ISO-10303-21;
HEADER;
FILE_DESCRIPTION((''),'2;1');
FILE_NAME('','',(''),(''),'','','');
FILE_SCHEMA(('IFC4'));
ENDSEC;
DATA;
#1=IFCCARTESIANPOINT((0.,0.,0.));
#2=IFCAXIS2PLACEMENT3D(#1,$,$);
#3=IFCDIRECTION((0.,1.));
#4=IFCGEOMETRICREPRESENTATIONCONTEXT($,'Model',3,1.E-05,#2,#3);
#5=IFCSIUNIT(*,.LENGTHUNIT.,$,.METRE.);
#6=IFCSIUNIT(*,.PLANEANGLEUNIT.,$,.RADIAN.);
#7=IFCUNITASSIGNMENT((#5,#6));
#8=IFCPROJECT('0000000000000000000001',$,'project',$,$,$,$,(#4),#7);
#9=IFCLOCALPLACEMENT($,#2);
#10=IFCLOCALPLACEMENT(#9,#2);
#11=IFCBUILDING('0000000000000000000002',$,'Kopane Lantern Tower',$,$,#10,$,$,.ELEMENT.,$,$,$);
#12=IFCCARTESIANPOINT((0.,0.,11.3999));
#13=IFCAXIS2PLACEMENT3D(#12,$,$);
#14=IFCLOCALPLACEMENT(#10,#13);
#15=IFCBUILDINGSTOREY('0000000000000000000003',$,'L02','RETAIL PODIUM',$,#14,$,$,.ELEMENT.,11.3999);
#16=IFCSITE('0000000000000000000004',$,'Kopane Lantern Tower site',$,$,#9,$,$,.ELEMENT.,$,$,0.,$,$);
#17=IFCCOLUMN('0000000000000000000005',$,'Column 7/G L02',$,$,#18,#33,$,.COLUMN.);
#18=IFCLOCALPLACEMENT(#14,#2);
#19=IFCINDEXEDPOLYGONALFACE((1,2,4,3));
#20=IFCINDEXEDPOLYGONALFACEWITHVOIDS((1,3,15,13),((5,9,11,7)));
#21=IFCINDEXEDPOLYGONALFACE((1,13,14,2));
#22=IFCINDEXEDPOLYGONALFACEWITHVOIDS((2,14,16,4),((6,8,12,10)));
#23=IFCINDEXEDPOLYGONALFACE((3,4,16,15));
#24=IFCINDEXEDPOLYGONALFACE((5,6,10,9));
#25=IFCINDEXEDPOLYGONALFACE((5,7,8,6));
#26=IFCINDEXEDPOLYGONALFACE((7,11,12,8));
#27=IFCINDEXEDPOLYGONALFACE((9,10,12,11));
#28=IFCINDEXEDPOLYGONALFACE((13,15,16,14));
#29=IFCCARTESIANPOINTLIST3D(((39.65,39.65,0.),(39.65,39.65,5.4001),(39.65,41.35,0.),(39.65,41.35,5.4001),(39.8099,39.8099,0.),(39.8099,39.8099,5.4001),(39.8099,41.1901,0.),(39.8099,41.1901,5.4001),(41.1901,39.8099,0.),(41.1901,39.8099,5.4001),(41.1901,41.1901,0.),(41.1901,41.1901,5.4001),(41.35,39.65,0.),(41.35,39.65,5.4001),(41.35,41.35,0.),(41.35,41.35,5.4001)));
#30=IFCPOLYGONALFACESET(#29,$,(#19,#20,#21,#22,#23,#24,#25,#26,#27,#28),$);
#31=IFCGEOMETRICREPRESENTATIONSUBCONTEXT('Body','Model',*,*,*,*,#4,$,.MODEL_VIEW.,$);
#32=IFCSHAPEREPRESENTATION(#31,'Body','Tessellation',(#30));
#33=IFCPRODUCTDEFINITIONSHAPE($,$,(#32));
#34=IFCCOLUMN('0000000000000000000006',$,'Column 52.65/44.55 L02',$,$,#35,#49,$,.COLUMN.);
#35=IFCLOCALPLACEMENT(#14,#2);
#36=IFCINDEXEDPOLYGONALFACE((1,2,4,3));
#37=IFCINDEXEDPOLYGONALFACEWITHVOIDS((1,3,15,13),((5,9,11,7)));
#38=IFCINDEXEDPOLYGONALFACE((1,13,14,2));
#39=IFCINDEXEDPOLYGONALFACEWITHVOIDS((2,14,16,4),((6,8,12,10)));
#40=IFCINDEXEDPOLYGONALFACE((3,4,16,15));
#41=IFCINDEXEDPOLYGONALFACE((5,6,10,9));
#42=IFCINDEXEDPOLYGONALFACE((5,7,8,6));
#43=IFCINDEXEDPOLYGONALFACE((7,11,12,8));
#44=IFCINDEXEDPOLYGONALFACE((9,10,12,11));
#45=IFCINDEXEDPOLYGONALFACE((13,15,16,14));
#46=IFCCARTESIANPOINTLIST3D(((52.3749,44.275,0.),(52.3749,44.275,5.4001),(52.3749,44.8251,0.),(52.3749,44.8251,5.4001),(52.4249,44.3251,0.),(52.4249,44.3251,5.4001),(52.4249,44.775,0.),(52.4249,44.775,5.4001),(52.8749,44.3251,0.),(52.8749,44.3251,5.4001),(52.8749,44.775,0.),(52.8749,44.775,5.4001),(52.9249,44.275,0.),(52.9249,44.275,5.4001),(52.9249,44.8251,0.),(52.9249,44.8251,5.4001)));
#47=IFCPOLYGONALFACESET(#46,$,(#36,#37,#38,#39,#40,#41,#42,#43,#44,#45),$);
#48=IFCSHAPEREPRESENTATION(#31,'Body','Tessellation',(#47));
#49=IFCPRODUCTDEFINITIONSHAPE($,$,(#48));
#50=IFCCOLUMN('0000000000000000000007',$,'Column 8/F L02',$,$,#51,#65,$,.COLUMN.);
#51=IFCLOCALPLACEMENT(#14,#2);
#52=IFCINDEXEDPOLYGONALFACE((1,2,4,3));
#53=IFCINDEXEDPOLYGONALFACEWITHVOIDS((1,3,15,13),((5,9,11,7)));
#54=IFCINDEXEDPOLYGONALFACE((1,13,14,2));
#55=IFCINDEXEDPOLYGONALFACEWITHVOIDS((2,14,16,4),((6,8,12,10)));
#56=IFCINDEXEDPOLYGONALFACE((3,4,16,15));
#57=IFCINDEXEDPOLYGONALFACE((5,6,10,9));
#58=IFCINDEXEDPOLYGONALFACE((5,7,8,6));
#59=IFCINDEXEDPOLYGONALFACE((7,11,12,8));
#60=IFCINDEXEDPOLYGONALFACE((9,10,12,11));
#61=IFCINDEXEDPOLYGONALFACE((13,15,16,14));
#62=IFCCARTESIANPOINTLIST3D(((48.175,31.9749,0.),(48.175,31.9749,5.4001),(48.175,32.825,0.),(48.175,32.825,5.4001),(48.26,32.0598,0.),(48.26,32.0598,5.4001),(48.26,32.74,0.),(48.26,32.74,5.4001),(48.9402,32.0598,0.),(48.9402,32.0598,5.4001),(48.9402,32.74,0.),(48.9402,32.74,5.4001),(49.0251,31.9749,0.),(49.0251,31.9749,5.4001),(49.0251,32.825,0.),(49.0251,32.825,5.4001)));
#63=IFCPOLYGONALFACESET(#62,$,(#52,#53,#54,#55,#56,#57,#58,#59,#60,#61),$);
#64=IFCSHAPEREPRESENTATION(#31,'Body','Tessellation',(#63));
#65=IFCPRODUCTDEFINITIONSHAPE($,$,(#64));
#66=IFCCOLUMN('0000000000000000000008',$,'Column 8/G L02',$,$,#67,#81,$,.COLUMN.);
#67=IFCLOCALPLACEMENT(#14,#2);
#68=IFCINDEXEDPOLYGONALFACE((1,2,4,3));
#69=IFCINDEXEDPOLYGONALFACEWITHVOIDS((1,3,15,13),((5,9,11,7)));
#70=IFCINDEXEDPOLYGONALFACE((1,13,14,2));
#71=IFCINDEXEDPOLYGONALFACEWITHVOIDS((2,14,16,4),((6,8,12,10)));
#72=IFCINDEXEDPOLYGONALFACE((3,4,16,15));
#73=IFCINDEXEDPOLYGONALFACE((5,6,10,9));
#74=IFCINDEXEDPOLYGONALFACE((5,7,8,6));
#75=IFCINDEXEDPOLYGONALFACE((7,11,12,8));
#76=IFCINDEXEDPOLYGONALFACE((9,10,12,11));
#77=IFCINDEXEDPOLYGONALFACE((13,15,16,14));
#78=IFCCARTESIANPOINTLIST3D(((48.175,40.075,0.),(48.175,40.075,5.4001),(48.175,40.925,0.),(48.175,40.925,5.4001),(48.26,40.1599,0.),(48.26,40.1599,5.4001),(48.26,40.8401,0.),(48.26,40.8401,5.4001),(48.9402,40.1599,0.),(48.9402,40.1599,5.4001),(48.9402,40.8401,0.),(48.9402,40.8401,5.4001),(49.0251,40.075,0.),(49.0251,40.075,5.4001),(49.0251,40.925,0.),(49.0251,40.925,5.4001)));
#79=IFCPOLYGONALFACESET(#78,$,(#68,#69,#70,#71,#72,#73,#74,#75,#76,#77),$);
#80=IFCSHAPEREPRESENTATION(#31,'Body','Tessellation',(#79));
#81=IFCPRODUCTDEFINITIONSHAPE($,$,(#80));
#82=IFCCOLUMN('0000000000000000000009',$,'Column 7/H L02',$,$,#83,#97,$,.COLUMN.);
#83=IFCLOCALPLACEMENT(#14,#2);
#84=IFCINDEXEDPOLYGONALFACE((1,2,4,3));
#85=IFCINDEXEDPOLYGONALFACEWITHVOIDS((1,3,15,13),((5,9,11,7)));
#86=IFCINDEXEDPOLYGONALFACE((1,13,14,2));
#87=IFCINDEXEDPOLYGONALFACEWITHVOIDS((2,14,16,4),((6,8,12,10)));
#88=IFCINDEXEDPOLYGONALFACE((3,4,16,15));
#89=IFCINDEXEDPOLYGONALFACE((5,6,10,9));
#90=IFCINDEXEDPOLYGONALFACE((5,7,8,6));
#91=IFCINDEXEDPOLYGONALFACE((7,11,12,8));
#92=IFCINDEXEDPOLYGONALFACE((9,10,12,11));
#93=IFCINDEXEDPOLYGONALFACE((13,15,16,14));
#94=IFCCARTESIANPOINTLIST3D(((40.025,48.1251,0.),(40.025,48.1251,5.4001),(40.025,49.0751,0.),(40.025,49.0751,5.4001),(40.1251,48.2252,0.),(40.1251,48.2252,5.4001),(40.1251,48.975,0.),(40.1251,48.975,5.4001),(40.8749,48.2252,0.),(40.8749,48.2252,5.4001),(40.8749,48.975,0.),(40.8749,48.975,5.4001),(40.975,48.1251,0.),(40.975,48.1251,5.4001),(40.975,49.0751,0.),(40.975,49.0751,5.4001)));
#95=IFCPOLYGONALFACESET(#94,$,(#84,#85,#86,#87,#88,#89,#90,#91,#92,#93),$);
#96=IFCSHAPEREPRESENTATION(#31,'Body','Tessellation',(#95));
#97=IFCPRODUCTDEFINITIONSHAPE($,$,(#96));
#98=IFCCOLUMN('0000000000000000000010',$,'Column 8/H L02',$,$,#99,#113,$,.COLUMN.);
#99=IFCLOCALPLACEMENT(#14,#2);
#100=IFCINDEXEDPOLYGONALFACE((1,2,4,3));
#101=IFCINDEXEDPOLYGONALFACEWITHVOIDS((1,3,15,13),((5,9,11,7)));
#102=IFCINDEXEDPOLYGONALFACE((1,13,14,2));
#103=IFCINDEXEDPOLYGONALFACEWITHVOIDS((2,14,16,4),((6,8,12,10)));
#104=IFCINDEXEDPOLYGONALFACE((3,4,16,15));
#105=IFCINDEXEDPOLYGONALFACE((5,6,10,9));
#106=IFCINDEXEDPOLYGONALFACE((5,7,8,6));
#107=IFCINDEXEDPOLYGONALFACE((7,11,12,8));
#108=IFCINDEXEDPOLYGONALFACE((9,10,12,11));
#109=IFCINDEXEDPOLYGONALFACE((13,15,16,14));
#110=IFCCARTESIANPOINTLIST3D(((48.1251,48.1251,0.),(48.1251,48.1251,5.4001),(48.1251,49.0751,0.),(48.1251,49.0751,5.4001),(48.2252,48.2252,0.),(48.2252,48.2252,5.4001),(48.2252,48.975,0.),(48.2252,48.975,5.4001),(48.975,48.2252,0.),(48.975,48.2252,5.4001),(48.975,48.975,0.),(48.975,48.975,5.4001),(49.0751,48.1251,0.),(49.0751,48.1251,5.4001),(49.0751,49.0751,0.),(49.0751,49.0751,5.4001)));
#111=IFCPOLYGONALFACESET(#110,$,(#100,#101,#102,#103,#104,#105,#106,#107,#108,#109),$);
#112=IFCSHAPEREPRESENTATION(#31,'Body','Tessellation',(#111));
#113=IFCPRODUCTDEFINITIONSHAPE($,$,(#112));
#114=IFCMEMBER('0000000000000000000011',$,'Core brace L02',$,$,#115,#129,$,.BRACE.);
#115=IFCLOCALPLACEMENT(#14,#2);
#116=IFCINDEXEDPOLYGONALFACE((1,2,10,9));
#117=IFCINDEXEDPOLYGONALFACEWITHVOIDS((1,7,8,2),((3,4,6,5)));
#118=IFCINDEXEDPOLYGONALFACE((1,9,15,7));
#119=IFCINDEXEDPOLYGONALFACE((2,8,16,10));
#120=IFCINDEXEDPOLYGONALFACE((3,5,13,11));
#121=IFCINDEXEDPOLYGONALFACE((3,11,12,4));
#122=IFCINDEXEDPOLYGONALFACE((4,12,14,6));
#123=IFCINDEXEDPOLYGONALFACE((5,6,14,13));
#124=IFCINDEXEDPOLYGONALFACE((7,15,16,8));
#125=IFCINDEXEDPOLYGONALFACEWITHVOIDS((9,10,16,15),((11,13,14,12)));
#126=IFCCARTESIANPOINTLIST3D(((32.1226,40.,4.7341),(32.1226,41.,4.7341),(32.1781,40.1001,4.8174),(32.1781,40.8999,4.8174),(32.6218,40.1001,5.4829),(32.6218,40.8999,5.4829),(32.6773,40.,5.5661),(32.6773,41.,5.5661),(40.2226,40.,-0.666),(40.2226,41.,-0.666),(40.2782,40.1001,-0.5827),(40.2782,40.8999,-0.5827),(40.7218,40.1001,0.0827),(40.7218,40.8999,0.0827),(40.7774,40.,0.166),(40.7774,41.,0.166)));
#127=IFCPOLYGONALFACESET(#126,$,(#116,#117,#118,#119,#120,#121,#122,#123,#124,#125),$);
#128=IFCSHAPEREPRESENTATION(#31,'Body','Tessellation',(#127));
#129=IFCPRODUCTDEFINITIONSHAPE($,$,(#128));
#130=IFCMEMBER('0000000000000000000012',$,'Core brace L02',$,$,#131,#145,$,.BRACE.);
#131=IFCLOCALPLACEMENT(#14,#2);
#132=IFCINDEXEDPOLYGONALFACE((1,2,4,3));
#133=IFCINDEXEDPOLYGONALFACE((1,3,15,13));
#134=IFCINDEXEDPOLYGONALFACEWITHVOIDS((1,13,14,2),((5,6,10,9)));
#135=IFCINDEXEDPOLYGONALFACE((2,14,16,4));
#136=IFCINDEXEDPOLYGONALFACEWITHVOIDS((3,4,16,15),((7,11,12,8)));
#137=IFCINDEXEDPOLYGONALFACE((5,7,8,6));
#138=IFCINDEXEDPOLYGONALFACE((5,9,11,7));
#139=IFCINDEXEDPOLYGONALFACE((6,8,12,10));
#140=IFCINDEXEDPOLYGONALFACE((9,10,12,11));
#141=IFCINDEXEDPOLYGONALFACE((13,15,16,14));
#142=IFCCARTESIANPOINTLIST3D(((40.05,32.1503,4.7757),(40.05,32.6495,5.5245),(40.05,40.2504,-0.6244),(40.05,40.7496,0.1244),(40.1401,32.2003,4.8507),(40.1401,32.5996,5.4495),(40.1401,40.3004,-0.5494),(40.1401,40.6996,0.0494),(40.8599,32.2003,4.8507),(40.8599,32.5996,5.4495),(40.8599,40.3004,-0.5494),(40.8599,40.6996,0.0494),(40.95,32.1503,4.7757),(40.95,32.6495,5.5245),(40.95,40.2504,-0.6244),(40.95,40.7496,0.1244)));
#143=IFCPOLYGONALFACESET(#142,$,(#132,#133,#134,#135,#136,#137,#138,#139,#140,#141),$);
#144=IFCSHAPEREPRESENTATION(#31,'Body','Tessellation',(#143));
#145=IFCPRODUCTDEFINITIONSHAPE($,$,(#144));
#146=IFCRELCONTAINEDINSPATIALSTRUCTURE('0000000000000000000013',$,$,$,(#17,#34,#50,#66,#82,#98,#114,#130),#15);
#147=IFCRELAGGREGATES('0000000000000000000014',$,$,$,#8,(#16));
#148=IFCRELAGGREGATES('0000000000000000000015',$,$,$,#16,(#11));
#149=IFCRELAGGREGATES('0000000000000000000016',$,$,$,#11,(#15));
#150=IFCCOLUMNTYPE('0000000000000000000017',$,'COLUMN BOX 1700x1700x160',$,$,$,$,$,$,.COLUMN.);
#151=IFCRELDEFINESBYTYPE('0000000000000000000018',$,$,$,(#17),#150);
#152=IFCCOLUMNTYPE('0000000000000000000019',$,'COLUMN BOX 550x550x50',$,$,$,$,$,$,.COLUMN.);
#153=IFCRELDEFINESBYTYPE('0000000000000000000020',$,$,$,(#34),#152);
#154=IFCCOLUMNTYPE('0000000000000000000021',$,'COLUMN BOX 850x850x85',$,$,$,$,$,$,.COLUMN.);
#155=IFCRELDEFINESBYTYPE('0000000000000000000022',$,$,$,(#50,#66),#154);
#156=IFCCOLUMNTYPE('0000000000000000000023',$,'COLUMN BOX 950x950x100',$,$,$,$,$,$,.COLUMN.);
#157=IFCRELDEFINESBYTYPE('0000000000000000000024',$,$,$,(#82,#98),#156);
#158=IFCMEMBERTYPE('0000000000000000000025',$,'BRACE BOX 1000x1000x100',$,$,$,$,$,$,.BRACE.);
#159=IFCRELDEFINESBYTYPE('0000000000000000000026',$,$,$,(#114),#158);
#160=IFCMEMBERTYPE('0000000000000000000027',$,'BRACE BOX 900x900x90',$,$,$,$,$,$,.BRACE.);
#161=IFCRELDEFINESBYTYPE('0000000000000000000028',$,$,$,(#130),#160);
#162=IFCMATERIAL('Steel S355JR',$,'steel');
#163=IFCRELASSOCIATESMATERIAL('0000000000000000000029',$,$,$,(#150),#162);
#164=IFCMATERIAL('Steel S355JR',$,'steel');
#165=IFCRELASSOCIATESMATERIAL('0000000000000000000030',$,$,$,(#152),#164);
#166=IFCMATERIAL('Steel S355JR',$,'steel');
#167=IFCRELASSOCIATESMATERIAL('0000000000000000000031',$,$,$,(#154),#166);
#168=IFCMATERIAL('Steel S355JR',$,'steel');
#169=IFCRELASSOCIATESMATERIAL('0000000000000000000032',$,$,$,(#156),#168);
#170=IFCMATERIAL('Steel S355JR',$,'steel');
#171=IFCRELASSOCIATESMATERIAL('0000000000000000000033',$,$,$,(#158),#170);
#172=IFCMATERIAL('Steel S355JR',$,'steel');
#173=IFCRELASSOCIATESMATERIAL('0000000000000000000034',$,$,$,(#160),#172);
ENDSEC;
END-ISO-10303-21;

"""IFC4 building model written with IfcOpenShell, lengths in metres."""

from ifc_helpers import new_model, si_unit, direction, frame, origin, origin_2d, place, context, subcontext, project, spatial, hollow_rectangle, extrude, material, material_profile, profile_set, type_object, element, save


model = new_model("IFC4")

# Units and contexts
model_context = context("Model", 3, precision=1e-05, world=origin(), true_north=direction((0.0, 1.0)))
body_context = subcontext(model_context, "Body", "Model", "MODEL_VIEW")
ifc_project = project(units=[si_unit("LENGTHUNIT", "METRE"), si_unit("PLANEANGLEUNIT", "RADIAN")], contexts=[model_context])

# Site, building, storey
site_placement = place(None, origin())
site = spatial("IfcSite", under=ifc_project, at=site_placement, Name="Kopane Lantern Tower site", CompositionType="ELEMENT", RefElevation=0.0)
building_placement = place(site_placement, origin())
building = spatial("IfcBuilding", under=site, at=building_placement, Name="Kopane Lantern Tower", CompositionType="ELEMENT")
storey_placement = place(building_placement, frame((0.0, 0.0, 11.3999)))
storey = spatial("IfcBuildingStorey", under=building, at=storey_placement, Name="L02", Description="RETAIL PODIUM", CompositionType="ELEMENT", Elevation=11.3999)

# Columns
ifc_material_1 = material(Name="Steel S355JR", Category="steel")
ifc_material_profile_1 = material_profile(ifc_material_1, hollow_rectangle(XDim=1.7, YDim=1.7, WallThickness=0.1599, at=origin_2d()), Name="BOX 1700x1700x160")
ifc_profile_set_1 = profile_set([ifc_material_profile_1], Name="Steel S355JR")
column_type_1 = type_object("IfcColumnType", Name="COLUMN BOX 1700x1700x160", PredefinedType="COLUMN", material=ifc_profile_set_1)
column_1_placement = place(storey_placement, frame((40.5, 40.5, 0.0), z_axis=(0.0, 0.0, 1.0), x_axis=(1.0, 0.0, 0.0)))
element("IfcColumn", 1, at=column_1_placement, inside=storey, type_object=column_type_1, Name="Column 7/G L02", PredefinedType="COLUMN", context=body_context, shape_type="SweptSolid", body=[
    extrude(hollow_rectangle(XDim=1.7, YDim=1.7, WallThickness=0.1599, at=origin_2d()), origin(), (0.0, 0.0, 1.0), 5.4001),
])
ifc_material_2 = material(Name="Steel S355JR", Category="steel")
ifc_material_profile_2 = material_profile(ifc_material_2, hollow_rectangle(XDim=0.55, YDim=0.55, WallThickness=0.05, at=origin_2d()), Name="BOX 550x550x50")
ifc_profile_set_2 = profile_set([ifc_material_profile_2], Name="Steel S355JR")
column_type_2 = type_object("IfcColumnType", Name="COLUMN BOX 550x550x50", PredefinedType="COLUMN", material=ifc_profile_set_2)
column_2_placement = place(storey_placement, frame((52.6499, 44.55, 0.0), z_axis=(0.0, 0.0, 1.0), x_axis=(1.0, 0.0, 0.0)))
element("IfcColumn", 2, at=column_2_placement, inside=storey, type_object=column_type_2, Name="Column 52.65/44.55 L02", PredefinedType="COLUMN", context=body_context, shape_type="SweptSolid", body=[
    extrude(hollow_rectangle(XDim=0.55, YDim=0.55, WallThickness=0.05, at=origin_2d()), origin(), (0.0, 0.0, 1.0), 5.4001),
])
ifc_material_3 = material(Name="Steel S355JR", Category="steel")
ifc_material_profile_3 = material_profile(ifc_material_3, hollow_rectangle(XDim=0.8501, YDim=0.8501, WallThickness=0.085, at=origin_2d()), Name="BOX 850x850x85")
ifc_profile_set_3 = profile_set([ifc_material_profile_3], Name="Steel S355JR")
column_type_3 = type_object("IfcColumnType", Name="COLUMN BOX 850x850x85", PredefinedType="COLUMN", material=ifc_profile_set_3)
for number, where, z_axis, x_axis, name in (
    (3, (48.6001, 32.3999, 0.0), (0.0, 0.0, 1.0), (1.0, 0.0, 0.0), "Column 8/F L02"),
    (4, (48.6001, 40.5, 0.0), (0.0, 0.0, 1.0), (1.0, 0.0, 0.0), "Column 8/G L02"),
):
    element("IfcColumn", number, at=place(storey_placement, frame(where, z_axis=z_axis, x_axis=x_axis)), inside=storey, type_object=column_type_3, Name=name, PredefinedType="COLUMN", context=body_context, shape_type="SweptSolid", body=[
        extrude(hollow_rectangle(XDim=0.8501, YDim=0.8501, WallThickness=0.085, at=origin_2d()), origin(), (0.0, 0.0, 1.0), 5.4001),
    ])
ifc_material_4 = material(Name="Steel S355JR", Category="steel")
ifc_material_profile_4 = material_profile(ifc_material_4, hollow_rectangle(XDim=0.95, YDim=0.95, WallThickness=0.1001, at=origin_2d()), Name="BOX 950x950x100")
ifc_profile_set_4 = profile_set([ifc_material_profile_4], Name="Steel S355JR")
column_type_4 = type_object("IfcColumnType", Name="COLUMN BOX 950x950x100", PredefinedType="COLUMN", material=ifc_profile_set_4)
for number, where, z_axis, x_axis, name in (
    (5, (40.5, 48.6001, 0.0), (0.0, 0.0, 1.0), (1.0, 0.0, 0.0), "Column 7/H L02"),
    (6, (48.6001, 48.6001, 0.0), (0.0, 0.0, 1.0), (1.0, 0.0, 0.0), "Column 8/H L02"),
):
    element("IfcColumn", number, at=place(storey_placement, frame(where, z_axis=z_axis, x_axis=x_axis)), inside=storey, type_object=column_type_4, Name=name, PredefinedType="COLUMN", context=body_context, shape_type="SweptSolid", body=[
        extrude(hollow_rectangle(XDim=0.95, YDim=0.95, WallThickness=0.1001, at=origin_2d()), origin(), (0.0, 0.0, 1.0), 5.4001),
    ])

# Members
ifc_material_5 = material(Name="Steel S355JR", Category="steel")
ifc_material_profile_5 = material_profile(ifc_material_5, hollow_rectangle(XDim=1.0, YDim=1.0, WallThickness=0.1001, at=origin_2d()), Name="BOX 1000x1000x100")
ifc_profile_set_5 = profile_set([ifc_material_profile_5], Name="Steel S355JR")
member_type_1 = type_object("IfcMemberType", Name="BRACE BOX 1000x1000x100", PredefinedType="BRACE", material=ifc_profile_set_5)
member_1_placement = place(storey_placement, frame((40.5, 40.5, -0.25), z_axis=(-0.832046, 0.0, 0.554706), x_axis=(0.0, -1.0, 0.0)))
element("IfcMember", 7, at=member_1_placement, inside=storey, type_object=member_type_1, Name="Core brace L02", PredefinedType="BRACE", context=body_context, shape_type="SweptSolid", body=[
    extrude(hollow_rectangle(XDim=1.0, YDim=1.0, WallThickness=0.1001, at=origin_2d()), origin(), (0.0, 0.0, 1.0), 9.7351),
])
ifc_material_6 = material(Name="Steel S355JR", Category="steel")
ifc_material_profile_6 = material_profile(ifc_material_6, hollow_rectangle(XDim=0.8999, YDim=0.8999, WallThickness=0.0901, at=origin_2d()), Name="BOX 900x900x90")
ifc_profile_set_6 = profile_set([ifc_material_profile_6], Name="Steel S355JR")
member_type_2 = type_object("IfcMemberType", Name="BRACE BOX 900x900x90", PredefinedType="BRACE", material=ifc_profile_set_6)
member_2_placement = place(storey_placement, frame((40.5, 40.5, -0.25), z_axis=(0.0, -0.832046, 0.554706), x_axis=(1.0, 0.0, 0.0)))
element("IfcMember", 8, at=member_2_placement, inside=storey, type_object=member_type_2, Name="Core brace L02", PredefinedType="BRACE", context=body_context, shape_type="SweptSolid", body=[
    extrude(hollow_rectangle(XDim=0.8999, YDim=0.8999, WallThickness=0.0901, at=origin_2d()), origin(), (0.0, 0.0, 1.0), 9.7351),
])

save(model, "model.ifc")
